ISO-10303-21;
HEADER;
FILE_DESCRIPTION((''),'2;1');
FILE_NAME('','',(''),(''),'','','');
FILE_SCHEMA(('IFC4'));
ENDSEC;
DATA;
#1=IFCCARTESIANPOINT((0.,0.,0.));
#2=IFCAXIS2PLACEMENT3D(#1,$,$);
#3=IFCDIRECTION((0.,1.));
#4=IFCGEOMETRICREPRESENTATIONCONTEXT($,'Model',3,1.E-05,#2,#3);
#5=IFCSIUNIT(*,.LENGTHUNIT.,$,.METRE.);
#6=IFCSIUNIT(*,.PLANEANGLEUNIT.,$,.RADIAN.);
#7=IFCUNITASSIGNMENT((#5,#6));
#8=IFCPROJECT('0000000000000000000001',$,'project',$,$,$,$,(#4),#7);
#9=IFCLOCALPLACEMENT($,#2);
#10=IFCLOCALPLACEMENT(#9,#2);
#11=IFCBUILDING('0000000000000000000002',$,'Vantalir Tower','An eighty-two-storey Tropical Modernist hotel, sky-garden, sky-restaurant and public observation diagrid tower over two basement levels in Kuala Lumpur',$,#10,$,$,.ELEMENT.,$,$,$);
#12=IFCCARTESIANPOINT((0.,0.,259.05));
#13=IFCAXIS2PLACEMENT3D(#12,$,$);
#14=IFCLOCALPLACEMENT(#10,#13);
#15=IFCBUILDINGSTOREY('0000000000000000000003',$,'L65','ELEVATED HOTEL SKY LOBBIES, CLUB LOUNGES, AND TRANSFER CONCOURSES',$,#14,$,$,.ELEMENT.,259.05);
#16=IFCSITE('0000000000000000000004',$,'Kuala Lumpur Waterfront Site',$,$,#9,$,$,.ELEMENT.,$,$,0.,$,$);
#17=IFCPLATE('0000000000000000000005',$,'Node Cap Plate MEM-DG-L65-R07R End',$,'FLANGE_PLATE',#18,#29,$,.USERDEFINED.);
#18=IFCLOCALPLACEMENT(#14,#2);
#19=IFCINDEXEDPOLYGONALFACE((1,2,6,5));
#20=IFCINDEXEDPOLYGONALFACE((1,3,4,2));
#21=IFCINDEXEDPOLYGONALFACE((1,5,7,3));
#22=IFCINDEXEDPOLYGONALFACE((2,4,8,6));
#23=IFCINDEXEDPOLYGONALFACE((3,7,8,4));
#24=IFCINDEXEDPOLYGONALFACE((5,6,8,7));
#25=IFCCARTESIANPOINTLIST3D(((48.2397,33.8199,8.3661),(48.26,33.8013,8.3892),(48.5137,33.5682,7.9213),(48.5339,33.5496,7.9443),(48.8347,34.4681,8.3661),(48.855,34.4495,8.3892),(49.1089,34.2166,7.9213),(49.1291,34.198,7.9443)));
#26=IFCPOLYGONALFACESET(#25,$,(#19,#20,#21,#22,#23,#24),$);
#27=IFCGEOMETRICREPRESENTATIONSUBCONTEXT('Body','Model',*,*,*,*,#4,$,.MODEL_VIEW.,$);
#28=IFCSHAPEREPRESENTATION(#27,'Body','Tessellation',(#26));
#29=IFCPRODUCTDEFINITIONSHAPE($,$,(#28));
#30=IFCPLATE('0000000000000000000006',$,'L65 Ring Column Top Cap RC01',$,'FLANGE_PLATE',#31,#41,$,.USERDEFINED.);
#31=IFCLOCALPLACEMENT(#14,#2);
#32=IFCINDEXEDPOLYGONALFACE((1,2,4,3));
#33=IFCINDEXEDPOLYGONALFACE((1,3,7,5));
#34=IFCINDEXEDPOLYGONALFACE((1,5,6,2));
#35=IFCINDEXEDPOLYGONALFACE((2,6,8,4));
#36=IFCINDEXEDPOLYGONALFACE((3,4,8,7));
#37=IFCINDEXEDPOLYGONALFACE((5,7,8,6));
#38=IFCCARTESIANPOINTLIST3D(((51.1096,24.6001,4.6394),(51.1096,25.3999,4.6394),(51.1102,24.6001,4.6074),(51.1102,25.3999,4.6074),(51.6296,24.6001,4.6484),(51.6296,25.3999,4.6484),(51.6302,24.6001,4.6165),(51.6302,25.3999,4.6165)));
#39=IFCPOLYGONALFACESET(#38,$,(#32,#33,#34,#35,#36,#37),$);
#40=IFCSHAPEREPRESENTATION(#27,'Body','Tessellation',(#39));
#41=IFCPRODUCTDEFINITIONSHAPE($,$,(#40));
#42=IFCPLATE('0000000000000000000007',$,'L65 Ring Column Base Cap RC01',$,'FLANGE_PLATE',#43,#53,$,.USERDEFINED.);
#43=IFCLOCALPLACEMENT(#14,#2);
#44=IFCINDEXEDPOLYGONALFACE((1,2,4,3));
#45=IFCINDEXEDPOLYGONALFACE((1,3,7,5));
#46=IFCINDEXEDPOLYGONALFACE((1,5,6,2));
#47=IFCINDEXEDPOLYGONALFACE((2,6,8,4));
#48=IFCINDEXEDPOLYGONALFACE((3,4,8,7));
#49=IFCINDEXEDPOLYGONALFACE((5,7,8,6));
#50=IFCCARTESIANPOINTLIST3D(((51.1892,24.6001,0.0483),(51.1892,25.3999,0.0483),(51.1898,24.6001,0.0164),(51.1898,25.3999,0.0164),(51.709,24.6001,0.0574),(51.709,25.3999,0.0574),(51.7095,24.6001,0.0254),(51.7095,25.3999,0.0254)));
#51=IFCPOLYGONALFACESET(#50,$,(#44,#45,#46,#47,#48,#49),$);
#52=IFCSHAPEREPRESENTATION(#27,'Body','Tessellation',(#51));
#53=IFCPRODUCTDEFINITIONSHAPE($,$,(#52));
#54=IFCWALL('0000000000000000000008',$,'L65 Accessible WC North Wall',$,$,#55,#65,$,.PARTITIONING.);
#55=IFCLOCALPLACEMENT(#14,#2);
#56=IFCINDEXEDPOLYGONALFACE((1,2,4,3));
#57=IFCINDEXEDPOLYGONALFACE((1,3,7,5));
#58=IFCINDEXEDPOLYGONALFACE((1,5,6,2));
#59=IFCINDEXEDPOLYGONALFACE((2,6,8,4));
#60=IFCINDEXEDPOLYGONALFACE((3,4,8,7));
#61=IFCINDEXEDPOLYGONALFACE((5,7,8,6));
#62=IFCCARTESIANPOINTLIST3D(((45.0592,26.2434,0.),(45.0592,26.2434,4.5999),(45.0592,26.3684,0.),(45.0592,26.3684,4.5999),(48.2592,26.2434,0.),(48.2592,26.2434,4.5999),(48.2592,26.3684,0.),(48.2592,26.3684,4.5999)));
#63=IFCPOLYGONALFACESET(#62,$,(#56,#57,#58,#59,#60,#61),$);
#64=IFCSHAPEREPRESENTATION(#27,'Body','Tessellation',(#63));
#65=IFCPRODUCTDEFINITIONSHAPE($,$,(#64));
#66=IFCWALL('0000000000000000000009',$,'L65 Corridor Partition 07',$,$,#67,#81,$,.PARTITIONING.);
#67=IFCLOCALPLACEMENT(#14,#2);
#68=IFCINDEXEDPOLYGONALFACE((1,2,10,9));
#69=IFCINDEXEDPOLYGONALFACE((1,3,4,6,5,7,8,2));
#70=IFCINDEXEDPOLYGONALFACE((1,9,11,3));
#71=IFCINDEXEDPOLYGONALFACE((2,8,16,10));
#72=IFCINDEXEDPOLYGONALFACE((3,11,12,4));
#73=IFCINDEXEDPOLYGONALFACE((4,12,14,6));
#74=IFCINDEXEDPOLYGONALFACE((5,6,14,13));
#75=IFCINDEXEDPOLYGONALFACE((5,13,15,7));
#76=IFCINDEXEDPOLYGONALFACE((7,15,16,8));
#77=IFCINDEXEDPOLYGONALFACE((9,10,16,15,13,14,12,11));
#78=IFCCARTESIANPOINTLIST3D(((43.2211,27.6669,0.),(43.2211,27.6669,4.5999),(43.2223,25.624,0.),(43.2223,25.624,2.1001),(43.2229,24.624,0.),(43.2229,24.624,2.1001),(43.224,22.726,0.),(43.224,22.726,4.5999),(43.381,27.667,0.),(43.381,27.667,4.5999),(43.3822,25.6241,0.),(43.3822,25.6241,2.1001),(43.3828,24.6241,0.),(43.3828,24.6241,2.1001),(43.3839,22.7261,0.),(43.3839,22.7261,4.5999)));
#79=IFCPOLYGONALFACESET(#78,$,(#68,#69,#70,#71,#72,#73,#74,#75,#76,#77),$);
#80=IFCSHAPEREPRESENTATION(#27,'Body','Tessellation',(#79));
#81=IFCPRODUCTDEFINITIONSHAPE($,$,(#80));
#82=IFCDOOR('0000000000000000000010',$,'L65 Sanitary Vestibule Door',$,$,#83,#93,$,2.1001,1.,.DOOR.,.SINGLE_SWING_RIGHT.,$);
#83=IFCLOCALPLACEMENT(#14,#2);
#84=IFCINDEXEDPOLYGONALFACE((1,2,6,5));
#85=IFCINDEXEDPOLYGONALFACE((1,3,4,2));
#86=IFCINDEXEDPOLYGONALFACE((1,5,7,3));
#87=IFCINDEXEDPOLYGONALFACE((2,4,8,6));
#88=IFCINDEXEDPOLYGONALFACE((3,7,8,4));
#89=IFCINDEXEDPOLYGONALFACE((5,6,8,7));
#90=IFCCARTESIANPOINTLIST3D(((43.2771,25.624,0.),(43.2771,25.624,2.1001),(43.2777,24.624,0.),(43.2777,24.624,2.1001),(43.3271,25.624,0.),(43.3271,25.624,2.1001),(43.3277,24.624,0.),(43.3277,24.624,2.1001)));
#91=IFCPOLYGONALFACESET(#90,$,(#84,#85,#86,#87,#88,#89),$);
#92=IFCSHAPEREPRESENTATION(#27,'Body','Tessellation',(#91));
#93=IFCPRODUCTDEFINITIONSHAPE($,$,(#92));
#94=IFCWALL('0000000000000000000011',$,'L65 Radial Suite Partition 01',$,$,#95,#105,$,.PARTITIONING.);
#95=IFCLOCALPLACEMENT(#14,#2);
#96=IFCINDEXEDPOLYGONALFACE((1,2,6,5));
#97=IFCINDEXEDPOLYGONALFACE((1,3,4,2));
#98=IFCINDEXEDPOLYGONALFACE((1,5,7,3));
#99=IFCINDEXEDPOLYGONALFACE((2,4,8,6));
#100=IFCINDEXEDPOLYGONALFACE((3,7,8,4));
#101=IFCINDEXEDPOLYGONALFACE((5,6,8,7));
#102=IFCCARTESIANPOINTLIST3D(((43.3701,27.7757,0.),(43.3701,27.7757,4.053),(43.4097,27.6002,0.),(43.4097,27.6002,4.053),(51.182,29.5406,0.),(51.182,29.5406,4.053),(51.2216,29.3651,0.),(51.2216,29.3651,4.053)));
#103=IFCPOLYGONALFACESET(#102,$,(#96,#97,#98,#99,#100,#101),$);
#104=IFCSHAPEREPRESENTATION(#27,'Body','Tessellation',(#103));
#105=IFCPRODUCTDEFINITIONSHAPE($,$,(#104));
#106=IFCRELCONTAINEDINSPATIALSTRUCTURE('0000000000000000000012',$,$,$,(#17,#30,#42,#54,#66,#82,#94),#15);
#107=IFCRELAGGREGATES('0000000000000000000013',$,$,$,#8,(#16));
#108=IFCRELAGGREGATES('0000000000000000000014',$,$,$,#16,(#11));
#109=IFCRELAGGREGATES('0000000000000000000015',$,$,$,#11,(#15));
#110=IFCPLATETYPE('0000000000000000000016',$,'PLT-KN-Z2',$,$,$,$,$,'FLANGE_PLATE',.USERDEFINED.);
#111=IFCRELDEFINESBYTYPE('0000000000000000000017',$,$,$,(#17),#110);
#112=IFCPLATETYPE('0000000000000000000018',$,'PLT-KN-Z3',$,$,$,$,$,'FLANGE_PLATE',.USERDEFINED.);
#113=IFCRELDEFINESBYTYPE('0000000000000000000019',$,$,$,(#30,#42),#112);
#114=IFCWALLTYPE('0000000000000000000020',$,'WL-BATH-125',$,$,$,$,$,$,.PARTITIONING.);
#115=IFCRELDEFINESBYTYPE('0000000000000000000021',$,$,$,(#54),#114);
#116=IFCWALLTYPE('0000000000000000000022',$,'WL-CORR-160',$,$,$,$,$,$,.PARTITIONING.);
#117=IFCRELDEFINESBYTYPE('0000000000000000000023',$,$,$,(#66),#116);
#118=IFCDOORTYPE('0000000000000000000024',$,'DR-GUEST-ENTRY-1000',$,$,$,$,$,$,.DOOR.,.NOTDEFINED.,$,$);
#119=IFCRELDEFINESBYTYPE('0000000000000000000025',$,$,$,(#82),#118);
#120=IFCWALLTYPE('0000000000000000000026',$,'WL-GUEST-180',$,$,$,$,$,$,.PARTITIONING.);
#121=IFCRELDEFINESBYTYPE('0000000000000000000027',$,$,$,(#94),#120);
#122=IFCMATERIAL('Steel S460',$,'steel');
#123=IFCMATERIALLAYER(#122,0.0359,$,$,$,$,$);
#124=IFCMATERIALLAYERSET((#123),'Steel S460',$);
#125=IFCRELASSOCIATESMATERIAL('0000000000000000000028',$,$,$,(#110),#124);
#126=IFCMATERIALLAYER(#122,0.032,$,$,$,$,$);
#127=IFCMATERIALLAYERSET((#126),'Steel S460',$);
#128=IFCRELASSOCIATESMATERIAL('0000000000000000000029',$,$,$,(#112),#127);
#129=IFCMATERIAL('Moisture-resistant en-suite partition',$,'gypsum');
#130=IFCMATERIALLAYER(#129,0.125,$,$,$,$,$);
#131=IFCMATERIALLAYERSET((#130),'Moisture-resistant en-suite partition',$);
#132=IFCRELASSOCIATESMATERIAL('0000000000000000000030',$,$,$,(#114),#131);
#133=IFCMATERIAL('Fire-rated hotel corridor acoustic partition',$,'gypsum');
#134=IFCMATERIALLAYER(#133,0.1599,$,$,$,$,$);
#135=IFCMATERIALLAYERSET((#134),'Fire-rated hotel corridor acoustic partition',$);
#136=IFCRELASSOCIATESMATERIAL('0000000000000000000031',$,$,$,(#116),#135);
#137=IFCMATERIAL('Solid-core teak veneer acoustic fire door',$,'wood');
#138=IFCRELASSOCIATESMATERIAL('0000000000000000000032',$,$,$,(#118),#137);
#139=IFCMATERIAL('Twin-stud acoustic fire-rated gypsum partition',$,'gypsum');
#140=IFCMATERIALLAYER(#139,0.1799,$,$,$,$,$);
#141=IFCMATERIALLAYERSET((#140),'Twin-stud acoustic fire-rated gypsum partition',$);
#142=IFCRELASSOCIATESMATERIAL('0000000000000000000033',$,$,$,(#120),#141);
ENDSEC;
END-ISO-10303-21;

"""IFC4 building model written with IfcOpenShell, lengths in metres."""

from ifc_helpers import new_model, si_unit, direction, frame, frame_2d, origin, place, context, subcontext, project, spatial, polyline, rectangle, outline, extrude, material, layer, layer_set, type_object, element, fill, save


model = new_model("IFC4")

# Units and contexts
model_context = context("Model", 3, precision=1e-05, world=origin(), true_north=direction((0.0, 1.0)))
body_context = subcontext(model_context, "Body", "Model", "MODEL_VIEW")
ifc_project = project(units=[si_unit("LENGTHUNIT", "METRE"), si_unit("PLANEANGLEUNIT", "RADIAN")], contexts=[model_context])

# Site, building, storey
site_placement = place(None, origin())
site = spatial("IfcSite", under=ifc_project, at=site_placement, Name="Kuala Lumpur Waterfront Site", CompositionType="ELEMENT", RefElevation=0.0)
building_placement = place(site_placement, origin())
building = spatial("IfcBuilding", under=site, at=building_placement, Name="Vantalir Tower", Description="An eighty-two-storey Tropical Modernist hotel, sky-garden, sky-restaurant and public observation diagrid tower over two basement levels in Kuala Lumpur", CompositionType="ELEMENT")
storey_placement = place(building_placement, frame((0.0, 0.0, 259.05)))
storey = spatial("IfcBuildingStorey", under=building, at=storey_placement, Name="L65", Description="ELEVATED HOTEL SKY LOBBIES, CLUB LOUNGES, AND TRANSFER CONCOURSES", CompositionType="ELEMENT", Elevation=259.05)

# Shared definitions
ifc_material_1 = material(Name="Steel S460", Category="steel")

# Plates
ifc_layer_1 = layer(ifc_material_1, 0.0359)
ifc_layer_set_1 = layer_set([ifc_layer_1], Name="Steel S460")
plate_type_1 = type_object("IfcPlateType", Name="PLT-KN-Z2", ElementType="FLANGE_PLATE", PredefinedType="USERDEFINED", material=ifc_layer_set_1)
plate_1_placement = place(storey_placement, frame((48.5339, 33.5496, 7.9443), z_axis=(0.565115, -0.518722, 0.641539), x_axis=(0.676223, 0.736697, -0.000004)))
element("IfcPlate", 1, at=plate_1_placement, inside=storey, type_object=plate_type_1, Name="Node Cap Plate MEM-DG-L65-R07R End", ObjectType="FLANGE_PLATE", PredefinedType="USERDEFINED", context=body_context, shape_type="SweptSolid", body=[
    extrude(outline(polyline([(0.0, 0.0), (0.8802, 0.0), (0.8801, 0.5799), (0.0002, 0.5799), (0.0, 0.0)])), origin(), (0.0, 0.0, -1.0), 0.0359),
])
ifc_layer_2 = layer(ifc_material_1, 0.032)
ifc_layer_set_2 = layer_set([ifc_layer_2], Name="Steel S460")
plate_type_2 = type_object("IfcPlateType", Name="PLT-KN-Z3", ElementType="FLANGE_PLATE", PredefinedType="USERDEFINED", material=ifc_layer_set_2)
plate_2_placement = place(storey_placement, frame((51.1096, 25.3999, 4.6394), z_axis=(-0.017368, 0.0, 0.999849), x_axis=(0.0, -1.0, 0.0)))
element("IfcPlate", 2, at=plate_2_placement, inside=storey, type_object=plate_type_2, Name="L65 Ring Column Top Cap RC01", ObjectType="FLANGE_PLATE", PredefinedType="USERDEFINED", context=body_context, shape_type="SweptSolid", body=[
    extrude(outline(polyline([(0.0, 0.0), (0.7998, 0.0), (0.7998, 0.5201), (0.0, 0.5201), (0.0, 0.0)])), origin(), (0.0, 0.0, -1.0), 0.032),
])
plate_3_placement = place(storey_placement, frame((51.1892, 25.3999, 0.0483), z_axis=(-0.017376, 0.0, 0.999849), x_axis=(0.0, -1.0, 0.0)))
element("IfcPlate", 3, at=plate_3_placement, inside=storey, type_object=plate_type_2, Name="L65 Ring Column Base Cap RC01", ObjectType="FLANGE_PLATE", PredefinedType="USERDEFINED", context=body_context, shape_type="SweptSolid", body=[
    extrude(outline(polyline([(0.0, 0.0), (0.7998, 0.0), (0.7998, 0.5199), (0.0, 0.5199), (0.0, 0.0)])), origin(), (0.0, 0.0, -1.0), 0.032),
])

# Wall
ifc_material_2 = material(Name="Moisture-resistant en-suite partition", Category="gypsum")
ifc_layer_3 = layer(ifc_material_2, 0.125)
ifc_layer_set_3 = layer_set([ifc_layer_3], Name="Moisture-resistant en-suite partition")
wall_type_1 = type_object("IfcWallType", Name="WL-BATH-125", PredefinedType="PARTITIONING", material=ifc_layer_set_3)
wall_1_placement = place(storey_placement, frame((45.0591, 26.3059, 0.0), z_axis=(0.0, 0.0, 1.0), x_axis=(1.0, 0.0, 0.0)))
element("IfcWall", 4, at=wall_1_placement, inside=storey, type_object=wall_type_1, Name="L65 Accessible WC North Wall", PredefinedType="PARTITIONING", context=body_context, shape_type="SweptSolid", body=[
    extrude(rectangle(XDim=3.2, YDim=0.125, at=frame_2d((1.6001, 0.0))), origin(), (0.0, 0.0, 1.0), 4.5999),
])

# Wall, opening, door
ifc_material_3 = material(Name="Fire-rated hotel corridor acoustic partition", Category="gypsum")
ifc_layer_4 = layer(ifc_material_3, 0.1599)
ifc_layer_set_4 = layer_set([ifc_layer_4], Name="Fire-rated hotel corridor acoustic partition")
wall_type_2 = type_object("IfcWallType", Name="WL-CORR-160", PredefinedType="PARTITIONING", material=ifc_layer_set_4)
wall_2_placement = place(storey_placement, frame((43.301, 27.667, 0.0), z_axis=(0.0, 0.0, 1.0), x_axis=(0.000593, -1.0, 0.0)))
wall_2 = element("IfcWall", 5, at=wall_2_placement, inside=storey, type_object=wall_type_2, Name="L65 Corridor Partition 07", PredefinedType="PARTITIONING", context=body_context, shape_type="SweptSolid", body=[
    extrude(rectangle(XDim=4.9409, YDim=0.1599, at=frame_2d((2.4705, 0.0))), origin(), (0.0, 0.0, 1.0), 4.5999),
])
opening_placement = place(wall_2_placement, frame((2.043, 0.0, 0.0)))
opening = element("IfcOpeningElement", 6, at=opening_placement, cuts=wall_2, PredefinedType="OPENING", context=body_context, shape_type="SweptSolid", body=[
    extrude(rectangle(XDim=1.0, YDim=2.1001, at=frame_2d((0.5, 1.05))), frame((0.0, 0.0898, 0.0), z_axis=(0.0, -1.0, 0.0), x_axis=(1.0, 0.0, 0.0)), (0.0, 0.0, 1.0), 0.1799),
])
ifc_material_4 = material(Name="Solid-core teak veneer acoustic fire door", Category="wood")
door_type = type_object("IfcDoorType", Name="DR-GUEST-ENTRY-1000", OperationType="NOTDEFINED", PredefinedType="DOOR", material=ifc_material_4)
door_placement = place(opening_placement, origin())
door = element("IfcDoor", 7, at=door_placement, inside=storey, type_object=door_type, Name="L65 Sanitary Vestibule Door", OperationType="SINGLE_SWING_RIGHT", OverallHeight=2.1001, OverallWidth=1.0, PredefinedType="DOOR", context=body_context, shape_type="SweptSolid", body=[
    extrude(rectangle(XDim=1.0, YDim=2.1001, at=frame_2d((0.5, 1.05))), frame((0.0, 0.0249, 0.0), z_axis=(0.0, -1.0, 0.0), x_axis=(1.0, 0.0, 0.0)), (0.0, 0.0, 1.0), 0.05),
])
fill(opening, door)

# Wall
ifc_material_5 = material(Name="Twin-stud acoustic fire-rated gypsum partition", Category="gypsum")
ifc_layer_5 = layer(ifc_material_5, 0.1799)
ifc_layer_set_5 = layer_set([ifc_layer_5], Name="Twin-stud acoustic fire-rated gypsum partition")
wall_type_3 = type_object("IfcWallType", Name="WL-GUEST-180", PredefinedType="PARTITIONING", material=ifc_layer_set_5)
wall_3_placement = place(storey_placement, frame((43.3899, 27.688, 0.0), z_axis=(0.0, 0.0, 1.0), x_axis=(0.975417, 0.220367, 0.0)))
element("IfcWall", 8, at=wall_3_placement, inside=storey, type_object=wall_type_3, Name="L65 Radial Suite Partition 01", PredefinedType="PARTITIONING", context=body_context, shape_type="SweptSolid", body=[
    extrude(rectangle(XDim=8.0088, YDim=0.1799, at=frame_2d((4.0044, 0.0))), origin(), (0.0, 0.0, 1.0), 4.053),
])

save(model, "model.ifc")
